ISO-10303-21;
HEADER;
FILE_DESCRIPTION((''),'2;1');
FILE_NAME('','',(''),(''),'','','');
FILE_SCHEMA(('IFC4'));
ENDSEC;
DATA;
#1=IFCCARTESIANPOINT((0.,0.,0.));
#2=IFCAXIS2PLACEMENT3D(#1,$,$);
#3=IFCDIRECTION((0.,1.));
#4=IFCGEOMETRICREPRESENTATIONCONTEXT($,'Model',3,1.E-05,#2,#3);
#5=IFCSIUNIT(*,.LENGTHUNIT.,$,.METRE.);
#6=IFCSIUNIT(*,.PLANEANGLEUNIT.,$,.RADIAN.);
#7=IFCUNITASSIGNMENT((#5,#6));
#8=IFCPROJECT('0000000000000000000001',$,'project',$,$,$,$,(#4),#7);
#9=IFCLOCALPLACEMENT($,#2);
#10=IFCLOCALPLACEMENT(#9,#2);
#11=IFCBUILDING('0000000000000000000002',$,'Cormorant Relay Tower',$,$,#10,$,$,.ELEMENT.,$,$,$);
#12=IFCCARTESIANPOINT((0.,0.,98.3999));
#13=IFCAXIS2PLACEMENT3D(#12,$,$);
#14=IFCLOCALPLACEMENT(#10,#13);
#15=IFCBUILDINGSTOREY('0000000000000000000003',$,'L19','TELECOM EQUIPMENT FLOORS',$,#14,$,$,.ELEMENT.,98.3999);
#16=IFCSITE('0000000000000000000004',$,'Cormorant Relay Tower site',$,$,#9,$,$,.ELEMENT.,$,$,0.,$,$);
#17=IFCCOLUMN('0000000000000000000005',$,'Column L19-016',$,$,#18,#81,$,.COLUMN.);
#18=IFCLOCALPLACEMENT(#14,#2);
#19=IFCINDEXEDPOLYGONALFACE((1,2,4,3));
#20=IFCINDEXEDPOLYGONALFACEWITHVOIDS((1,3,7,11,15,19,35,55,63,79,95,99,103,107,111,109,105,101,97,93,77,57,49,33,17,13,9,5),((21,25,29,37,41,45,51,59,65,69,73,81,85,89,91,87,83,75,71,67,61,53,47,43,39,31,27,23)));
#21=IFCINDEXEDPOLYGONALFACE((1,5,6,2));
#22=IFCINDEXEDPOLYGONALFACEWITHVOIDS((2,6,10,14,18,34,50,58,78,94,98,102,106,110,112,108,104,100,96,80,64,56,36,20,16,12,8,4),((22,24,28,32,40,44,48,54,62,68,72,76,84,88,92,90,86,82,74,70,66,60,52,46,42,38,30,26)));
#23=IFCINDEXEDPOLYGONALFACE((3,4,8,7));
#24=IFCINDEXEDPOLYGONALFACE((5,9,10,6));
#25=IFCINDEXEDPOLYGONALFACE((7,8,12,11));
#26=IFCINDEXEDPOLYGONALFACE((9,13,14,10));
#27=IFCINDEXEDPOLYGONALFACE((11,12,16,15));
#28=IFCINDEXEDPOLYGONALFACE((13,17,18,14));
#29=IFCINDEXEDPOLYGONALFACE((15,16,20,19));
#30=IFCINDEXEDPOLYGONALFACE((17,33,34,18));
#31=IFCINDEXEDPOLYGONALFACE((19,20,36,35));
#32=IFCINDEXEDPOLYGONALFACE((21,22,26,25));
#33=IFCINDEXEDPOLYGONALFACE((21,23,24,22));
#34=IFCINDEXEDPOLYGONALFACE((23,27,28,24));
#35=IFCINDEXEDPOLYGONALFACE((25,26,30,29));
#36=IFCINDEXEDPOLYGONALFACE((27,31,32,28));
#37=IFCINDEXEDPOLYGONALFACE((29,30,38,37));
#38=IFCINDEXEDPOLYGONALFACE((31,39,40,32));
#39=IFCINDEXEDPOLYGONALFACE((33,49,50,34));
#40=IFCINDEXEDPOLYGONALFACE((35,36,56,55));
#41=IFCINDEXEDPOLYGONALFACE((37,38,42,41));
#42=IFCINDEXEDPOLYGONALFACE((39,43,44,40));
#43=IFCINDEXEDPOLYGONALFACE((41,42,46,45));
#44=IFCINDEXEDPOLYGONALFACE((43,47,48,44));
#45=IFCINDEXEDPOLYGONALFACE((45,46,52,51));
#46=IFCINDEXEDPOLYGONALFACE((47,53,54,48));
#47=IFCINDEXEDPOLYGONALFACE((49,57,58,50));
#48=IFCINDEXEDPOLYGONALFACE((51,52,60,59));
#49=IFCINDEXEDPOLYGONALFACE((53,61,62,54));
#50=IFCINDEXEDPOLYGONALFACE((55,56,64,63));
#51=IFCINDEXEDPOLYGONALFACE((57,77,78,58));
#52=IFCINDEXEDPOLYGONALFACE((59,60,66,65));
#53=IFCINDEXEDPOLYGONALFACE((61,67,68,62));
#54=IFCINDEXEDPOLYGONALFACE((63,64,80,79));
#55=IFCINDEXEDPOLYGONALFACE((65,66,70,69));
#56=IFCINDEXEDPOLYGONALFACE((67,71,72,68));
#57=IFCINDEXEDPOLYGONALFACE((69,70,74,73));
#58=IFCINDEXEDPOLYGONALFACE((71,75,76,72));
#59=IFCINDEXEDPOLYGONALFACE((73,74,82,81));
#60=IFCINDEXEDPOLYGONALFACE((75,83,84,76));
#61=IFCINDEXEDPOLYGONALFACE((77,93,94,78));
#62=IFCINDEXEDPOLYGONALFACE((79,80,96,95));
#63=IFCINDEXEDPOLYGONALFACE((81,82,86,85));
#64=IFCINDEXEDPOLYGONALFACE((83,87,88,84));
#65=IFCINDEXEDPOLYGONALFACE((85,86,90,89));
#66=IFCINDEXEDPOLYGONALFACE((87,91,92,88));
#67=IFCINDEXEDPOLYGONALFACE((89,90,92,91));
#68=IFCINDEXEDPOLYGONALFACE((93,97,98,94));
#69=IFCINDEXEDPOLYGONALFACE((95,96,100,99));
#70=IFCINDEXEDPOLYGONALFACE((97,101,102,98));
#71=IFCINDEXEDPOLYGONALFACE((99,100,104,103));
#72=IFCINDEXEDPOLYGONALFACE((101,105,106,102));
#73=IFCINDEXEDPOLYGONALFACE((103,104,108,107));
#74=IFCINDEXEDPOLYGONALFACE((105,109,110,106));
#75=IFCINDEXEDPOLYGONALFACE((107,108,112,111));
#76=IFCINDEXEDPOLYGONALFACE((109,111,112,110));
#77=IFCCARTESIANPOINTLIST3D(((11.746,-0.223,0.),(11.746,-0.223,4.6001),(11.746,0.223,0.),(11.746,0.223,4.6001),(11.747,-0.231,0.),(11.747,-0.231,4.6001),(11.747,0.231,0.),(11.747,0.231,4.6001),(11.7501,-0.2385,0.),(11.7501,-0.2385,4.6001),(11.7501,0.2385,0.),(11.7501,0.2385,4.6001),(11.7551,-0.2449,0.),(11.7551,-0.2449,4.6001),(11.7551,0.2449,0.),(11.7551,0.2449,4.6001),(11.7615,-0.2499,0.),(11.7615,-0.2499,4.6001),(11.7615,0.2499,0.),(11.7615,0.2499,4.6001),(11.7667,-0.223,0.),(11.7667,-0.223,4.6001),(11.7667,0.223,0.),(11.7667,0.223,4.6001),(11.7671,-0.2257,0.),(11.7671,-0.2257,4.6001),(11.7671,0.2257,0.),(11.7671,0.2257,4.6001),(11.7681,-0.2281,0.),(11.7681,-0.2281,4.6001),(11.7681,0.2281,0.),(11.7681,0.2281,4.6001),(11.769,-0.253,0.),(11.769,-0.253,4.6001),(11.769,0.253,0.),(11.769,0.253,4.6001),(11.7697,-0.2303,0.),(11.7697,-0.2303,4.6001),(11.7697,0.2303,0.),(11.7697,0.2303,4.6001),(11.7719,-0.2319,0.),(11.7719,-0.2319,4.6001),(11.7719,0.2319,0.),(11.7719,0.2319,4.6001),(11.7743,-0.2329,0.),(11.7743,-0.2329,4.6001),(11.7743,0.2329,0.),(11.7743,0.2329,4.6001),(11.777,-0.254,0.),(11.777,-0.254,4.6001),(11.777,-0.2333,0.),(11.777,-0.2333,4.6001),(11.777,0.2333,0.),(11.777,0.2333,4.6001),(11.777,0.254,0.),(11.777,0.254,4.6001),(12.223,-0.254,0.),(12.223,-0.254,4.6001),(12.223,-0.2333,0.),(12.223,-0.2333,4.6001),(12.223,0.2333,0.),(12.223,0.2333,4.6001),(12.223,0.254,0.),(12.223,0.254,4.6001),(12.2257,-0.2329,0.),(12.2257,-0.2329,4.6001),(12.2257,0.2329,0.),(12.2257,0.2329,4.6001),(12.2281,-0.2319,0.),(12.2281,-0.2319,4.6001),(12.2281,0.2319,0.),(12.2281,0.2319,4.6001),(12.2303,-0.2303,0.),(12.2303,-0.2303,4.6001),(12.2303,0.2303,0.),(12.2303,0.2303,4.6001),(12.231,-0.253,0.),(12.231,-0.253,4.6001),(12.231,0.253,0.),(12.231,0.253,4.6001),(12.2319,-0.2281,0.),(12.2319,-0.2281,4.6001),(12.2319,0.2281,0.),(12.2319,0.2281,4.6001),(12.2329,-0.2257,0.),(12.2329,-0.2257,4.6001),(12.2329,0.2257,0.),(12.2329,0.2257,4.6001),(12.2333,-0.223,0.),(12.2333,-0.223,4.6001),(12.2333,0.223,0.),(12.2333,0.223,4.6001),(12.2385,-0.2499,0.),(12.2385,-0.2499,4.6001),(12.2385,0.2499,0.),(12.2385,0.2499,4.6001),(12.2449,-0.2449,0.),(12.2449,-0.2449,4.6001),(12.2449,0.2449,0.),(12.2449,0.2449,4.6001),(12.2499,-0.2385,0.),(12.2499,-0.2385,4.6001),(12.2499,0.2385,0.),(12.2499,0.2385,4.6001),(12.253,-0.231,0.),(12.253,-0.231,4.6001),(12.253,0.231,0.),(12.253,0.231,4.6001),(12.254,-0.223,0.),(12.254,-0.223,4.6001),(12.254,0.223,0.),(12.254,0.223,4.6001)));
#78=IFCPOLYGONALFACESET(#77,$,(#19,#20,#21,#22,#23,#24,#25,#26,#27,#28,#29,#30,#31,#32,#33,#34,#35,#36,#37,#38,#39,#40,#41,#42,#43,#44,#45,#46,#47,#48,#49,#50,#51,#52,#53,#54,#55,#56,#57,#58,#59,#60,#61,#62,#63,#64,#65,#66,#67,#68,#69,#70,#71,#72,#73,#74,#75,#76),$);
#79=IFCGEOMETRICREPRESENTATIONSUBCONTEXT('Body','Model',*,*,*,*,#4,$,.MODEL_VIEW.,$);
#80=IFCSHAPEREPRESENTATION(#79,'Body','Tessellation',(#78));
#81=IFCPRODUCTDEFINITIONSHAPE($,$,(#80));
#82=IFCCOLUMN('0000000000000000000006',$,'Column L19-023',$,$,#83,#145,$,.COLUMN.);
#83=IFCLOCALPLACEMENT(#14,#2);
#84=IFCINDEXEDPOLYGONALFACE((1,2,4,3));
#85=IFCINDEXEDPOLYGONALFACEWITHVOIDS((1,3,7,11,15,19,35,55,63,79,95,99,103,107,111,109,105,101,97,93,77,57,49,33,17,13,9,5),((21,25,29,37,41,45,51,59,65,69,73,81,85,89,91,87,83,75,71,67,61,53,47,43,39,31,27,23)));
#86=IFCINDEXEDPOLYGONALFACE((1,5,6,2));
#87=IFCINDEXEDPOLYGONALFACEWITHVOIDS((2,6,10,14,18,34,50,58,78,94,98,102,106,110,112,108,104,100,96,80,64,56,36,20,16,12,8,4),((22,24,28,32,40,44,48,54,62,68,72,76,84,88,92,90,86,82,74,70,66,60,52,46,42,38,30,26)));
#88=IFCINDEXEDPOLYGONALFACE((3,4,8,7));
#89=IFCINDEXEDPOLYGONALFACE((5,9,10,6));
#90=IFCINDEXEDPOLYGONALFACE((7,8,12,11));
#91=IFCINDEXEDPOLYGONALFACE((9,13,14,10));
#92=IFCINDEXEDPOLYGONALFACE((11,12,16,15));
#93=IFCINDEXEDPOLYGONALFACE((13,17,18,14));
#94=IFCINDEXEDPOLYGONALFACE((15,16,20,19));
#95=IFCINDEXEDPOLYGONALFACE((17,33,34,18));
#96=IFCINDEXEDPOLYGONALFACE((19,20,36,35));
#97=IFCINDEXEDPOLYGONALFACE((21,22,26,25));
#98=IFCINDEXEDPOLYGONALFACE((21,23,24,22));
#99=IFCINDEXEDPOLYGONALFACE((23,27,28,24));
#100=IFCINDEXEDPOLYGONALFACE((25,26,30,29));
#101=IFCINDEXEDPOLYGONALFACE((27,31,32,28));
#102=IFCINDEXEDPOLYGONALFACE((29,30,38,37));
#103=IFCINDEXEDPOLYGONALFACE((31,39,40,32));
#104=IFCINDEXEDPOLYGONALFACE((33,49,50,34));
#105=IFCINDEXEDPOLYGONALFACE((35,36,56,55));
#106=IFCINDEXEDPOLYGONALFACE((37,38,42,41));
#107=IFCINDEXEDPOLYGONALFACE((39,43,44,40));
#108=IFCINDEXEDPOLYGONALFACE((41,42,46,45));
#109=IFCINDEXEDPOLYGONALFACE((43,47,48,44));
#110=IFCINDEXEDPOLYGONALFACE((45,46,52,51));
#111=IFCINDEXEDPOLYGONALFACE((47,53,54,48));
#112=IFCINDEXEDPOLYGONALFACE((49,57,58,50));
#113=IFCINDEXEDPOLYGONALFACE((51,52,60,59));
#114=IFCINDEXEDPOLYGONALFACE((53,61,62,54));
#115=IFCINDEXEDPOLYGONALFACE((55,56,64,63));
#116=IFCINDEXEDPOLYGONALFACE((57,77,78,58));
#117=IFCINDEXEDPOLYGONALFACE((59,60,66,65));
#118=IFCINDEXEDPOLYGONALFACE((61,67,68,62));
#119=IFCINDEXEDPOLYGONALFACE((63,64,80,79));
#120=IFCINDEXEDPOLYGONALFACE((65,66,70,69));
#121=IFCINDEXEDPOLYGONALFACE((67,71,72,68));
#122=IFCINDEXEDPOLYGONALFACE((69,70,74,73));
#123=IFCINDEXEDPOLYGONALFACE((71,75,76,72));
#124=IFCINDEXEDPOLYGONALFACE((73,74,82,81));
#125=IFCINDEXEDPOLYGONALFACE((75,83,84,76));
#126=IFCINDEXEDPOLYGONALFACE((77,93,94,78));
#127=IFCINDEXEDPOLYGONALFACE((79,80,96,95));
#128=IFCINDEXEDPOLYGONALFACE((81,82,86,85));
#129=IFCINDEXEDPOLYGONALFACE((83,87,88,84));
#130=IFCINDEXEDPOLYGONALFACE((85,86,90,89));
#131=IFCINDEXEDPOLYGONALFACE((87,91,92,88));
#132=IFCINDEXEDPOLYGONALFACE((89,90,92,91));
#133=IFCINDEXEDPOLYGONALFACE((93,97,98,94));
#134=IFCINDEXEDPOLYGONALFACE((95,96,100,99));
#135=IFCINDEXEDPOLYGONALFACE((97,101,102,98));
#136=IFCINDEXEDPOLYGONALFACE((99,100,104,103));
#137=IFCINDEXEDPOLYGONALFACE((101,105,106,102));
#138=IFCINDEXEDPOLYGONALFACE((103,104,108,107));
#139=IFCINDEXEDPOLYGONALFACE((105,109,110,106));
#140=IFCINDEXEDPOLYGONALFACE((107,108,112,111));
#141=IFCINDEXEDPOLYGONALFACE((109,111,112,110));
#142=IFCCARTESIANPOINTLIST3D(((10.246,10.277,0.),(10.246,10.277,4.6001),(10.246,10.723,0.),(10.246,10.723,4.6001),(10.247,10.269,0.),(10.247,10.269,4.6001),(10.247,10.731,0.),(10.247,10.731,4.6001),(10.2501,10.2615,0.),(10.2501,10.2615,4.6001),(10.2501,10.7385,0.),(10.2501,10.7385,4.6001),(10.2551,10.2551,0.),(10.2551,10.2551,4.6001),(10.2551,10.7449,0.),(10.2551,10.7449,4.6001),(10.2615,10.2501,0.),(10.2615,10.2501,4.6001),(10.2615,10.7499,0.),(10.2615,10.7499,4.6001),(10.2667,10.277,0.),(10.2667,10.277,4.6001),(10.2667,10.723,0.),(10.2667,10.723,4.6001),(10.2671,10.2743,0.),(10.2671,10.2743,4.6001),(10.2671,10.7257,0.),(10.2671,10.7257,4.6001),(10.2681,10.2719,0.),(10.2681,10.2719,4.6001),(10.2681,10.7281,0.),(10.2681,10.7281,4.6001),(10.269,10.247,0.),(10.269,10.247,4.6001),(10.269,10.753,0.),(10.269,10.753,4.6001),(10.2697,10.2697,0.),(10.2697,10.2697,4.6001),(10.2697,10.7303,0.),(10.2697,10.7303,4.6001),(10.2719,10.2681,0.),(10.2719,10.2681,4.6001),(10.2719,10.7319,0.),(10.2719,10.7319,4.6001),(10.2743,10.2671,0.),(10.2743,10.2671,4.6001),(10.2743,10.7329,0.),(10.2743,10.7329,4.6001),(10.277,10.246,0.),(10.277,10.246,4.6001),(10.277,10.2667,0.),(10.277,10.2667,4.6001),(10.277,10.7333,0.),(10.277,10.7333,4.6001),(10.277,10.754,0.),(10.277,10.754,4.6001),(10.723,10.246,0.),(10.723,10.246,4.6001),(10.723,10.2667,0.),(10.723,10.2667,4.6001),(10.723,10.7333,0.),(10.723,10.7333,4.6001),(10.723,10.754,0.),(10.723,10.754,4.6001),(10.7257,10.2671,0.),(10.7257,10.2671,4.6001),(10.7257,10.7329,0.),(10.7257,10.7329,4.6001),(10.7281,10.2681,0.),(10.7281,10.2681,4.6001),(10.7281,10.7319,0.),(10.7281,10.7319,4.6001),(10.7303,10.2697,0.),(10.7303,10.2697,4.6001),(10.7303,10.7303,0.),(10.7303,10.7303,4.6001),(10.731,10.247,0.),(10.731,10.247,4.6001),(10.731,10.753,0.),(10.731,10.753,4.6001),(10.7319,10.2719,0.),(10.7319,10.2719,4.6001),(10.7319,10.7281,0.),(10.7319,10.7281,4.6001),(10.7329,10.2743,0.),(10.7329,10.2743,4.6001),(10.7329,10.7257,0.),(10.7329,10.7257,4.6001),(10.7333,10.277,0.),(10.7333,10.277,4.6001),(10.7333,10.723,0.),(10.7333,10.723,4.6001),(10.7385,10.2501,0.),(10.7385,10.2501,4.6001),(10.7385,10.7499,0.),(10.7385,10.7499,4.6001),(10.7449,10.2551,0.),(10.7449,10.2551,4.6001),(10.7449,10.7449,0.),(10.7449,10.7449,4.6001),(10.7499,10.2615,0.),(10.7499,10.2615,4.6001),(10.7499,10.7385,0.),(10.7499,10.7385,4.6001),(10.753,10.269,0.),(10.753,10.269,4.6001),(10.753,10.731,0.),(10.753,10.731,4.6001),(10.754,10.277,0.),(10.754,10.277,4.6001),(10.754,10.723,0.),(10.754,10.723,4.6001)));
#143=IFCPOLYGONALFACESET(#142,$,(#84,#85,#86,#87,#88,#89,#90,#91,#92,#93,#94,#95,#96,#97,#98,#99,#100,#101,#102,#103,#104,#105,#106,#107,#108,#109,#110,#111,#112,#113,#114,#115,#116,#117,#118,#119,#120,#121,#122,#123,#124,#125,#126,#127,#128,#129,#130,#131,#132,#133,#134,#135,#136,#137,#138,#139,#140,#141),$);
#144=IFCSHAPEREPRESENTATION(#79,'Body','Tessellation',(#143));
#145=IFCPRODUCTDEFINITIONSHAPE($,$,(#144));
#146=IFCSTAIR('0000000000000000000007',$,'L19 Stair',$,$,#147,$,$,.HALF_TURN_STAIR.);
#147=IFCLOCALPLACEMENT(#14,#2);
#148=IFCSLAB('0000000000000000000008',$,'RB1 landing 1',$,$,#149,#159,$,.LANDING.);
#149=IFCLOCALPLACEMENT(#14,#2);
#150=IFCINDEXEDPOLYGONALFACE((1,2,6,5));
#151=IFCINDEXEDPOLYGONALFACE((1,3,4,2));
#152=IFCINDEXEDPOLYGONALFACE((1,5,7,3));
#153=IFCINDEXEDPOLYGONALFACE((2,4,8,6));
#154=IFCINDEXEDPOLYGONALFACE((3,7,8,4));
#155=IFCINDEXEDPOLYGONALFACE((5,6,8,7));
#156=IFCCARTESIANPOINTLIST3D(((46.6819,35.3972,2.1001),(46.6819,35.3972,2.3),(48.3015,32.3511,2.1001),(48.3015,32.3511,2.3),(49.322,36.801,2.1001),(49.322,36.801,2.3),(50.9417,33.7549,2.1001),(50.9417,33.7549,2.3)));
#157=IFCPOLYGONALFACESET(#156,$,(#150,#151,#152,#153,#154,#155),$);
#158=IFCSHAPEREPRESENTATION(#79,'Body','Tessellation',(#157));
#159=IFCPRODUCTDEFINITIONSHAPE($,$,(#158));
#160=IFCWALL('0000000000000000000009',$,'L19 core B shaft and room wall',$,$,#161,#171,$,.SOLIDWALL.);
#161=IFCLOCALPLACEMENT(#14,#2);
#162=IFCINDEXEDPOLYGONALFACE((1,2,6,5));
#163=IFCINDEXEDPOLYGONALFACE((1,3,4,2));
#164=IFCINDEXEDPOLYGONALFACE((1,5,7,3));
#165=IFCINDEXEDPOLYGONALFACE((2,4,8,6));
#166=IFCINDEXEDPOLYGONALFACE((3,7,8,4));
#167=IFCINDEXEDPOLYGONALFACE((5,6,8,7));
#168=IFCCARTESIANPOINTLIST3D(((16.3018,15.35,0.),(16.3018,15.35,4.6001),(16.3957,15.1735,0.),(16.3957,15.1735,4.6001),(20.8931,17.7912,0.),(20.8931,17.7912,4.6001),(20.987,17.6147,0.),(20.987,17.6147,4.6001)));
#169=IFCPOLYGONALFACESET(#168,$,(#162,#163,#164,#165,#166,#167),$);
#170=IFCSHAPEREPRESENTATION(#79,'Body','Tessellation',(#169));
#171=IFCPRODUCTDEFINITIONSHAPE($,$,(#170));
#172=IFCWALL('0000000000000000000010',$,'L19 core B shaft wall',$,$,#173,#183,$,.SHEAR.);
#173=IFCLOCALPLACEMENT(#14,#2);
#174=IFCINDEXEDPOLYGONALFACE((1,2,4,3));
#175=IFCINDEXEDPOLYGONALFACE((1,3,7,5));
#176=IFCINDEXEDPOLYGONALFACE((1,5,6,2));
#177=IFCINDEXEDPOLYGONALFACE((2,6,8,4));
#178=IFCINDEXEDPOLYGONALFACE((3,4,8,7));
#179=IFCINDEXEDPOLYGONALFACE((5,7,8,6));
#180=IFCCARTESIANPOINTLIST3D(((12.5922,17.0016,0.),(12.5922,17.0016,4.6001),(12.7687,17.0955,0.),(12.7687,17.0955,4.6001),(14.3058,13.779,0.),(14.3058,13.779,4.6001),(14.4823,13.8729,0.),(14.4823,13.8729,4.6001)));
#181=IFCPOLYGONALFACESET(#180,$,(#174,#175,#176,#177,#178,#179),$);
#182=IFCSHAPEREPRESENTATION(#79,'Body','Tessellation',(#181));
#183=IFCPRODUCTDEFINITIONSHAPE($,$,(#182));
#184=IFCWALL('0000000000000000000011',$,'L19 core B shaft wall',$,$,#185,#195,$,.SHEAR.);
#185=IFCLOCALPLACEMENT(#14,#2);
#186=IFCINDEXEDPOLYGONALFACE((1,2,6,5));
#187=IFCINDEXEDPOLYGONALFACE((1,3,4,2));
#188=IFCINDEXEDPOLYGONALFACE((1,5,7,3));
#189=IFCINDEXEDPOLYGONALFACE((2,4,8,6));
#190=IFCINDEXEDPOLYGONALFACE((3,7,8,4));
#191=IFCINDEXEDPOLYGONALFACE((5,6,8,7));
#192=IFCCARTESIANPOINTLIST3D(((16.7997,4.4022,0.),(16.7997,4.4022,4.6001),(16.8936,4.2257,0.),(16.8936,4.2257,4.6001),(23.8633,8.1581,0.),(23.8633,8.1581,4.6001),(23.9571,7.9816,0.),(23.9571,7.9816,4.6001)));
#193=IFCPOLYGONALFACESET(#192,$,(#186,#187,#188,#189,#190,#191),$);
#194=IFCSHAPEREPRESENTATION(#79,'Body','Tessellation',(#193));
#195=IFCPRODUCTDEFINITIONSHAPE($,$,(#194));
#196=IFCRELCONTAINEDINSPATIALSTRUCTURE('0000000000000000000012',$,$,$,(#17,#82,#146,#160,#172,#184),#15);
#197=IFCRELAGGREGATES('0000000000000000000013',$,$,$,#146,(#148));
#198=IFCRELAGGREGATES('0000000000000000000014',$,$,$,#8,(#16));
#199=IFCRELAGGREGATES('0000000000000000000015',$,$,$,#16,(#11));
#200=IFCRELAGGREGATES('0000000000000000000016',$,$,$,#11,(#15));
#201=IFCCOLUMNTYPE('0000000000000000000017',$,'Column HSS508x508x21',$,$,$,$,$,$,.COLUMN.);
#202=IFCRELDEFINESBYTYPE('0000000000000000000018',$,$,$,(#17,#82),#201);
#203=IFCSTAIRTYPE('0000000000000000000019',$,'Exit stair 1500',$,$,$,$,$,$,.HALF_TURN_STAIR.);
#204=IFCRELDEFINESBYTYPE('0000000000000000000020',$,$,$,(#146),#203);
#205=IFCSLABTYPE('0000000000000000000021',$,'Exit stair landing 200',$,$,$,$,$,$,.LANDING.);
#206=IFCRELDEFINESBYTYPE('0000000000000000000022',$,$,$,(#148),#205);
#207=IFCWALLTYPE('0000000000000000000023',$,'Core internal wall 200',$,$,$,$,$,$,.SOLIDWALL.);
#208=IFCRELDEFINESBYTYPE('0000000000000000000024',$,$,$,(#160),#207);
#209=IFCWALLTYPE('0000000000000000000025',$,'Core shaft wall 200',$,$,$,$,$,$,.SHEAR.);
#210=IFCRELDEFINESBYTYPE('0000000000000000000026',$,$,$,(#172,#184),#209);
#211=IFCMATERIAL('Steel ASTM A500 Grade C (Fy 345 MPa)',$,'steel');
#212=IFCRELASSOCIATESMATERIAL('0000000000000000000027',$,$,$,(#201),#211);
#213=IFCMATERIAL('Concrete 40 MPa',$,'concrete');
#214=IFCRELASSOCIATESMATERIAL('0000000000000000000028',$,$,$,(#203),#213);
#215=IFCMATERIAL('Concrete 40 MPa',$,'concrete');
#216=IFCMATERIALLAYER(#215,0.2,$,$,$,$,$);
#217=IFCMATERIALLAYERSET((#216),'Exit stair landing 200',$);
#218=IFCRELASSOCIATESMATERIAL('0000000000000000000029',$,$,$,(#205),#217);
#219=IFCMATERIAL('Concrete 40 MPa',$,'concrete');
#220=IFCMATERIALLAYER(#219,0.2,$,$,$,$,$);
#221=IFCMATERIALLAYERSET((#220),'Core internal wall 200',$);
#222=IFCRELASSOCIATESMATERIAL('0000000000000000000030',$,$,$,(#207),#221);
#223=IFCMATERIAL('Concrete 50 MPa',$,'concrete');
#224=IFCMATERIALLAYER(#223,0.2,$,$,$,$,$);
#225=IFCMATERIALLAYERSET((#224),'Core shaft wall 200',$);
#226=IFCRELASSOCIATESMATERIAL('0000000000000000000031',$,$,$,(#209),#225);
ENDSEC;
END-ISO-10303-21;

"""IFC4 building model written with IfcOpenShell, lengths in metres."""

from ifc_helpers import new_model, si_unit, direction, frame, frame_2d, origin, origin_2d, place, context, subcontext, project, spatial, polyline, rectangle, hollow_rectangle, outline, extrude, material, layer, layer_set, material_profile, profile_set, type_object, element, aggregate, save


model = new_model("IFC4")

# Units and contexts
model_context = context("Model", 3, precision=1e-05, world=origin(), true_north=direction((0.0, 1.0)))
body_context = subcontext(model_context, "Body", "Model", "MODEL_VIEW")
ifc_project = project(units=[si_unit("LENGTHUNIT", "METRE"), si_unit("PLANEANGLEUNIT", "RADIAN")], contexts=[model_context])

# Site, building, storey
site_placement = place(None, origin())
site = spatial("IfcSite", under=ifc_project, at=site_placement, Name="Cormorant Relay Tower site", CompositionType="ELEMENT", RefElevation=0.0)
building_placement = place(site_placement, origin())
building = spatial("IfcBuilding", under=site, at=building_placement, Name="Cormorant Relay Tower", CompositionType="ELEMENT")
storey_placement = place(building_placement, frame((0.0, 0.0, 98.3999)))
storey = spatial("IfcBuildingStorey", under=building, at=storey_placement, Name="L19", Description="TELECOM EQUIPMENT FLOORS", CompositionType="ELEMENT", Elevation=98.3999)

# Columns
ifc_material_1 = material(Name="Steel ASTM A500 Grade C (Fy 345 MPa)", Category="steel")
ifc_material_profile = material_profile(ifc_material_1, hollow_rectangle(XDim=0.5081, YDim=0.5081, WallThickness=0.0208, InnerFilletRadius=0.0103, OuterFilletRadius=0.031, at=origin_2d()), Name="HSS508x508x21")
ifc_profile_set = profile_set([ifc_material_profile], Name="Steel ASTM A500 Grade C (Fy 345 MPa)")
column_type = type_object("IfcColumnType", Name="Column HSS508x508x21", PredefinedType="COLUMN", material=ifc_profile_set)
for number, where, z_axis, x_axis, name in (
    (1, (12.0, 0.0, 0.0), (0.0, 0.0, 1.0), (1.0, 0.0, 0.0), "Column L19-016"),
    (2, (10.5, 10.5, 0.0), (0.0, 0.0, 1.0), (1.0, 0.0, 0.0), "Column L19-023"),
):
    element("IfcColumn", number, at=place(storey_placement, frame(where, z_axis=z_axis, x_axis=x_axis)), inside=storey, type_object=column_type, Name=name, PredefinedType="COLUMN", context=body_context, shape_type="SweptSolid", body=[
        extrude(hollow_rectangle(XDim=0.5081, YDim=0.5081, WallThickness=0.0208, InnerFilletRadius=0.0103, OuterFilletRadius=0.031, at=origin_2d()), origin(), (0.0, 0.0, 1.0), 4.6001),
    ])

# Stair, slab
ifc_material_2 = material(Name="Concrete 40 MPa", Category="concrete")
stair_type = type_object("IfcStairType", Name="Exit stair 1500", PredefinedType="HALF_TURN_STAIR", material=ifc_material_2)
stair_placement = place(storey_placement, origin())
stair = element("IfcStair", 3, at=stair_placement, inside=storey, type_object=stair_type, Name="L19 Stair", PredefinedType="HALF_TURN_STAIR")
ifc_material_3 = material(Name="Concrete 40 MPa", Category="concrete")
ifc_layer_1 = layer(ifc_material_3, 0.2)
ifc_layer_set_1 = layer_set([ifc_layer_1], Name="Exit stair landing 200")
slab_type = type_object("IfcSlabType", Name="Exit stair landing 200", PredefinedType="LANDING", material=ifc_layer_set_1)
slab_placement = place(storey_placement, frame((0.0, 0.0, 2.1001)))
slab = element("IfcSlab", 4, at=slab_placement, type_object=slab_type, Name="RB1 landing 1", PredefinedType="LANDING", context=body_context, shape_type="SweptSolid", body=[
    extrude(outline(polyline([(48.3015, 32.3511), (50.9417, 33.7549), (49.322, 36.801), (46.6819, 35.3972), (48.3015, 32.3511)])), origin(), (0.0, 0.0, 1.0), 0.2),
])
aggregate(stair, [slab])

# Walls
ifc_material_4 = material(Name="Concrete 40 MPa", Category="concrete")
ifc_layer_2 = layer(ifc_material_4, 0.2)
ifc_layer_set_2 = layer_set([ifc_layer_2], Name="Core internal wall 200")
wall_type_1 = type_object("IfcWallType", Name="Core internal wall 200", PredefinedType="SOLIDWALL", material=ifc_layer_set_2)
wall_1_placement = place(storey_placement, frame((16.3486, 15.2617, 0.0), z_axis=(0.0, 0.0, 1.0), x_axis=(0.882954, 0.46946, 0.0)))
element("IfcWall", 5, at=wall_1_placement, inside=storey, type_object=wall_type_1, Name="L19 core B shaft and room wall", PredefinedType="SOLIDWALL", context=body_context, shape_type="SweptSolid", body=[
    extrude(rectangle(XDim=5.2, YDim=0.2, at=frame_2d((2.6001, 0.0))), origin(), (0.0, 0.0, 1.0), 4.6001),
])
ifc_material_5 = material(Name="Concrete 50 MPa", Category="concrete")
ifc_layer_3 = layer(ifc_material_5, 0.2)
ifc_layer_set_3 = layer_set([ifc_layer_3], Name="Core shaft wall 200")
wall_type_2 = type_object("IfcWallType", Name="Core shaft wall 200", PredefinedType="SHEAR", material=ifc_layer_set_3)
wall_2_placement = place(storey_placement, frame((14.394, 13.8259, 0.0), z_axis=(0.0, 0.0, 1.0), x_axis=(-0.469494, 0.882936, 0.0)))
element("IfcWall", 6, at=wall_2_placement, inside=storey, type_object=wall_type_2, Name="L19 core B shaft wall", PredefinedType="SHEAR", context=body_context, shape_type="SweptSolid", body=[
    extrude(rectangle(XDim=3.6499, YDim=0.2, at=frame_2d((1.825, 0.0))), origin(), (0.0, 0.0, 1.0), 4.6001),
])
wall_3_placement = place(storey_placement, frame((16.8467, 4.314, 0.0), z_axis=(0.0, 0.0, 1.0), x_axis=(0.88294, 0.469485, 0.0)))
element("IfcWall", 7, at=wall_3_placement, inside=storey, type_object=wall_type_2, Name="L19 core B shaft wall", PredefinedType="SHEAR", context=body_context, shape_type="SweptSolid", body=[
    extrude(rectangle(XDim=8.0, YDim=0.2, at=frame_2d((4.0, 0.0))), origin(), (0.0, 0.0, 1.0), 4.6001),
])

save(model, "model.ifc")
